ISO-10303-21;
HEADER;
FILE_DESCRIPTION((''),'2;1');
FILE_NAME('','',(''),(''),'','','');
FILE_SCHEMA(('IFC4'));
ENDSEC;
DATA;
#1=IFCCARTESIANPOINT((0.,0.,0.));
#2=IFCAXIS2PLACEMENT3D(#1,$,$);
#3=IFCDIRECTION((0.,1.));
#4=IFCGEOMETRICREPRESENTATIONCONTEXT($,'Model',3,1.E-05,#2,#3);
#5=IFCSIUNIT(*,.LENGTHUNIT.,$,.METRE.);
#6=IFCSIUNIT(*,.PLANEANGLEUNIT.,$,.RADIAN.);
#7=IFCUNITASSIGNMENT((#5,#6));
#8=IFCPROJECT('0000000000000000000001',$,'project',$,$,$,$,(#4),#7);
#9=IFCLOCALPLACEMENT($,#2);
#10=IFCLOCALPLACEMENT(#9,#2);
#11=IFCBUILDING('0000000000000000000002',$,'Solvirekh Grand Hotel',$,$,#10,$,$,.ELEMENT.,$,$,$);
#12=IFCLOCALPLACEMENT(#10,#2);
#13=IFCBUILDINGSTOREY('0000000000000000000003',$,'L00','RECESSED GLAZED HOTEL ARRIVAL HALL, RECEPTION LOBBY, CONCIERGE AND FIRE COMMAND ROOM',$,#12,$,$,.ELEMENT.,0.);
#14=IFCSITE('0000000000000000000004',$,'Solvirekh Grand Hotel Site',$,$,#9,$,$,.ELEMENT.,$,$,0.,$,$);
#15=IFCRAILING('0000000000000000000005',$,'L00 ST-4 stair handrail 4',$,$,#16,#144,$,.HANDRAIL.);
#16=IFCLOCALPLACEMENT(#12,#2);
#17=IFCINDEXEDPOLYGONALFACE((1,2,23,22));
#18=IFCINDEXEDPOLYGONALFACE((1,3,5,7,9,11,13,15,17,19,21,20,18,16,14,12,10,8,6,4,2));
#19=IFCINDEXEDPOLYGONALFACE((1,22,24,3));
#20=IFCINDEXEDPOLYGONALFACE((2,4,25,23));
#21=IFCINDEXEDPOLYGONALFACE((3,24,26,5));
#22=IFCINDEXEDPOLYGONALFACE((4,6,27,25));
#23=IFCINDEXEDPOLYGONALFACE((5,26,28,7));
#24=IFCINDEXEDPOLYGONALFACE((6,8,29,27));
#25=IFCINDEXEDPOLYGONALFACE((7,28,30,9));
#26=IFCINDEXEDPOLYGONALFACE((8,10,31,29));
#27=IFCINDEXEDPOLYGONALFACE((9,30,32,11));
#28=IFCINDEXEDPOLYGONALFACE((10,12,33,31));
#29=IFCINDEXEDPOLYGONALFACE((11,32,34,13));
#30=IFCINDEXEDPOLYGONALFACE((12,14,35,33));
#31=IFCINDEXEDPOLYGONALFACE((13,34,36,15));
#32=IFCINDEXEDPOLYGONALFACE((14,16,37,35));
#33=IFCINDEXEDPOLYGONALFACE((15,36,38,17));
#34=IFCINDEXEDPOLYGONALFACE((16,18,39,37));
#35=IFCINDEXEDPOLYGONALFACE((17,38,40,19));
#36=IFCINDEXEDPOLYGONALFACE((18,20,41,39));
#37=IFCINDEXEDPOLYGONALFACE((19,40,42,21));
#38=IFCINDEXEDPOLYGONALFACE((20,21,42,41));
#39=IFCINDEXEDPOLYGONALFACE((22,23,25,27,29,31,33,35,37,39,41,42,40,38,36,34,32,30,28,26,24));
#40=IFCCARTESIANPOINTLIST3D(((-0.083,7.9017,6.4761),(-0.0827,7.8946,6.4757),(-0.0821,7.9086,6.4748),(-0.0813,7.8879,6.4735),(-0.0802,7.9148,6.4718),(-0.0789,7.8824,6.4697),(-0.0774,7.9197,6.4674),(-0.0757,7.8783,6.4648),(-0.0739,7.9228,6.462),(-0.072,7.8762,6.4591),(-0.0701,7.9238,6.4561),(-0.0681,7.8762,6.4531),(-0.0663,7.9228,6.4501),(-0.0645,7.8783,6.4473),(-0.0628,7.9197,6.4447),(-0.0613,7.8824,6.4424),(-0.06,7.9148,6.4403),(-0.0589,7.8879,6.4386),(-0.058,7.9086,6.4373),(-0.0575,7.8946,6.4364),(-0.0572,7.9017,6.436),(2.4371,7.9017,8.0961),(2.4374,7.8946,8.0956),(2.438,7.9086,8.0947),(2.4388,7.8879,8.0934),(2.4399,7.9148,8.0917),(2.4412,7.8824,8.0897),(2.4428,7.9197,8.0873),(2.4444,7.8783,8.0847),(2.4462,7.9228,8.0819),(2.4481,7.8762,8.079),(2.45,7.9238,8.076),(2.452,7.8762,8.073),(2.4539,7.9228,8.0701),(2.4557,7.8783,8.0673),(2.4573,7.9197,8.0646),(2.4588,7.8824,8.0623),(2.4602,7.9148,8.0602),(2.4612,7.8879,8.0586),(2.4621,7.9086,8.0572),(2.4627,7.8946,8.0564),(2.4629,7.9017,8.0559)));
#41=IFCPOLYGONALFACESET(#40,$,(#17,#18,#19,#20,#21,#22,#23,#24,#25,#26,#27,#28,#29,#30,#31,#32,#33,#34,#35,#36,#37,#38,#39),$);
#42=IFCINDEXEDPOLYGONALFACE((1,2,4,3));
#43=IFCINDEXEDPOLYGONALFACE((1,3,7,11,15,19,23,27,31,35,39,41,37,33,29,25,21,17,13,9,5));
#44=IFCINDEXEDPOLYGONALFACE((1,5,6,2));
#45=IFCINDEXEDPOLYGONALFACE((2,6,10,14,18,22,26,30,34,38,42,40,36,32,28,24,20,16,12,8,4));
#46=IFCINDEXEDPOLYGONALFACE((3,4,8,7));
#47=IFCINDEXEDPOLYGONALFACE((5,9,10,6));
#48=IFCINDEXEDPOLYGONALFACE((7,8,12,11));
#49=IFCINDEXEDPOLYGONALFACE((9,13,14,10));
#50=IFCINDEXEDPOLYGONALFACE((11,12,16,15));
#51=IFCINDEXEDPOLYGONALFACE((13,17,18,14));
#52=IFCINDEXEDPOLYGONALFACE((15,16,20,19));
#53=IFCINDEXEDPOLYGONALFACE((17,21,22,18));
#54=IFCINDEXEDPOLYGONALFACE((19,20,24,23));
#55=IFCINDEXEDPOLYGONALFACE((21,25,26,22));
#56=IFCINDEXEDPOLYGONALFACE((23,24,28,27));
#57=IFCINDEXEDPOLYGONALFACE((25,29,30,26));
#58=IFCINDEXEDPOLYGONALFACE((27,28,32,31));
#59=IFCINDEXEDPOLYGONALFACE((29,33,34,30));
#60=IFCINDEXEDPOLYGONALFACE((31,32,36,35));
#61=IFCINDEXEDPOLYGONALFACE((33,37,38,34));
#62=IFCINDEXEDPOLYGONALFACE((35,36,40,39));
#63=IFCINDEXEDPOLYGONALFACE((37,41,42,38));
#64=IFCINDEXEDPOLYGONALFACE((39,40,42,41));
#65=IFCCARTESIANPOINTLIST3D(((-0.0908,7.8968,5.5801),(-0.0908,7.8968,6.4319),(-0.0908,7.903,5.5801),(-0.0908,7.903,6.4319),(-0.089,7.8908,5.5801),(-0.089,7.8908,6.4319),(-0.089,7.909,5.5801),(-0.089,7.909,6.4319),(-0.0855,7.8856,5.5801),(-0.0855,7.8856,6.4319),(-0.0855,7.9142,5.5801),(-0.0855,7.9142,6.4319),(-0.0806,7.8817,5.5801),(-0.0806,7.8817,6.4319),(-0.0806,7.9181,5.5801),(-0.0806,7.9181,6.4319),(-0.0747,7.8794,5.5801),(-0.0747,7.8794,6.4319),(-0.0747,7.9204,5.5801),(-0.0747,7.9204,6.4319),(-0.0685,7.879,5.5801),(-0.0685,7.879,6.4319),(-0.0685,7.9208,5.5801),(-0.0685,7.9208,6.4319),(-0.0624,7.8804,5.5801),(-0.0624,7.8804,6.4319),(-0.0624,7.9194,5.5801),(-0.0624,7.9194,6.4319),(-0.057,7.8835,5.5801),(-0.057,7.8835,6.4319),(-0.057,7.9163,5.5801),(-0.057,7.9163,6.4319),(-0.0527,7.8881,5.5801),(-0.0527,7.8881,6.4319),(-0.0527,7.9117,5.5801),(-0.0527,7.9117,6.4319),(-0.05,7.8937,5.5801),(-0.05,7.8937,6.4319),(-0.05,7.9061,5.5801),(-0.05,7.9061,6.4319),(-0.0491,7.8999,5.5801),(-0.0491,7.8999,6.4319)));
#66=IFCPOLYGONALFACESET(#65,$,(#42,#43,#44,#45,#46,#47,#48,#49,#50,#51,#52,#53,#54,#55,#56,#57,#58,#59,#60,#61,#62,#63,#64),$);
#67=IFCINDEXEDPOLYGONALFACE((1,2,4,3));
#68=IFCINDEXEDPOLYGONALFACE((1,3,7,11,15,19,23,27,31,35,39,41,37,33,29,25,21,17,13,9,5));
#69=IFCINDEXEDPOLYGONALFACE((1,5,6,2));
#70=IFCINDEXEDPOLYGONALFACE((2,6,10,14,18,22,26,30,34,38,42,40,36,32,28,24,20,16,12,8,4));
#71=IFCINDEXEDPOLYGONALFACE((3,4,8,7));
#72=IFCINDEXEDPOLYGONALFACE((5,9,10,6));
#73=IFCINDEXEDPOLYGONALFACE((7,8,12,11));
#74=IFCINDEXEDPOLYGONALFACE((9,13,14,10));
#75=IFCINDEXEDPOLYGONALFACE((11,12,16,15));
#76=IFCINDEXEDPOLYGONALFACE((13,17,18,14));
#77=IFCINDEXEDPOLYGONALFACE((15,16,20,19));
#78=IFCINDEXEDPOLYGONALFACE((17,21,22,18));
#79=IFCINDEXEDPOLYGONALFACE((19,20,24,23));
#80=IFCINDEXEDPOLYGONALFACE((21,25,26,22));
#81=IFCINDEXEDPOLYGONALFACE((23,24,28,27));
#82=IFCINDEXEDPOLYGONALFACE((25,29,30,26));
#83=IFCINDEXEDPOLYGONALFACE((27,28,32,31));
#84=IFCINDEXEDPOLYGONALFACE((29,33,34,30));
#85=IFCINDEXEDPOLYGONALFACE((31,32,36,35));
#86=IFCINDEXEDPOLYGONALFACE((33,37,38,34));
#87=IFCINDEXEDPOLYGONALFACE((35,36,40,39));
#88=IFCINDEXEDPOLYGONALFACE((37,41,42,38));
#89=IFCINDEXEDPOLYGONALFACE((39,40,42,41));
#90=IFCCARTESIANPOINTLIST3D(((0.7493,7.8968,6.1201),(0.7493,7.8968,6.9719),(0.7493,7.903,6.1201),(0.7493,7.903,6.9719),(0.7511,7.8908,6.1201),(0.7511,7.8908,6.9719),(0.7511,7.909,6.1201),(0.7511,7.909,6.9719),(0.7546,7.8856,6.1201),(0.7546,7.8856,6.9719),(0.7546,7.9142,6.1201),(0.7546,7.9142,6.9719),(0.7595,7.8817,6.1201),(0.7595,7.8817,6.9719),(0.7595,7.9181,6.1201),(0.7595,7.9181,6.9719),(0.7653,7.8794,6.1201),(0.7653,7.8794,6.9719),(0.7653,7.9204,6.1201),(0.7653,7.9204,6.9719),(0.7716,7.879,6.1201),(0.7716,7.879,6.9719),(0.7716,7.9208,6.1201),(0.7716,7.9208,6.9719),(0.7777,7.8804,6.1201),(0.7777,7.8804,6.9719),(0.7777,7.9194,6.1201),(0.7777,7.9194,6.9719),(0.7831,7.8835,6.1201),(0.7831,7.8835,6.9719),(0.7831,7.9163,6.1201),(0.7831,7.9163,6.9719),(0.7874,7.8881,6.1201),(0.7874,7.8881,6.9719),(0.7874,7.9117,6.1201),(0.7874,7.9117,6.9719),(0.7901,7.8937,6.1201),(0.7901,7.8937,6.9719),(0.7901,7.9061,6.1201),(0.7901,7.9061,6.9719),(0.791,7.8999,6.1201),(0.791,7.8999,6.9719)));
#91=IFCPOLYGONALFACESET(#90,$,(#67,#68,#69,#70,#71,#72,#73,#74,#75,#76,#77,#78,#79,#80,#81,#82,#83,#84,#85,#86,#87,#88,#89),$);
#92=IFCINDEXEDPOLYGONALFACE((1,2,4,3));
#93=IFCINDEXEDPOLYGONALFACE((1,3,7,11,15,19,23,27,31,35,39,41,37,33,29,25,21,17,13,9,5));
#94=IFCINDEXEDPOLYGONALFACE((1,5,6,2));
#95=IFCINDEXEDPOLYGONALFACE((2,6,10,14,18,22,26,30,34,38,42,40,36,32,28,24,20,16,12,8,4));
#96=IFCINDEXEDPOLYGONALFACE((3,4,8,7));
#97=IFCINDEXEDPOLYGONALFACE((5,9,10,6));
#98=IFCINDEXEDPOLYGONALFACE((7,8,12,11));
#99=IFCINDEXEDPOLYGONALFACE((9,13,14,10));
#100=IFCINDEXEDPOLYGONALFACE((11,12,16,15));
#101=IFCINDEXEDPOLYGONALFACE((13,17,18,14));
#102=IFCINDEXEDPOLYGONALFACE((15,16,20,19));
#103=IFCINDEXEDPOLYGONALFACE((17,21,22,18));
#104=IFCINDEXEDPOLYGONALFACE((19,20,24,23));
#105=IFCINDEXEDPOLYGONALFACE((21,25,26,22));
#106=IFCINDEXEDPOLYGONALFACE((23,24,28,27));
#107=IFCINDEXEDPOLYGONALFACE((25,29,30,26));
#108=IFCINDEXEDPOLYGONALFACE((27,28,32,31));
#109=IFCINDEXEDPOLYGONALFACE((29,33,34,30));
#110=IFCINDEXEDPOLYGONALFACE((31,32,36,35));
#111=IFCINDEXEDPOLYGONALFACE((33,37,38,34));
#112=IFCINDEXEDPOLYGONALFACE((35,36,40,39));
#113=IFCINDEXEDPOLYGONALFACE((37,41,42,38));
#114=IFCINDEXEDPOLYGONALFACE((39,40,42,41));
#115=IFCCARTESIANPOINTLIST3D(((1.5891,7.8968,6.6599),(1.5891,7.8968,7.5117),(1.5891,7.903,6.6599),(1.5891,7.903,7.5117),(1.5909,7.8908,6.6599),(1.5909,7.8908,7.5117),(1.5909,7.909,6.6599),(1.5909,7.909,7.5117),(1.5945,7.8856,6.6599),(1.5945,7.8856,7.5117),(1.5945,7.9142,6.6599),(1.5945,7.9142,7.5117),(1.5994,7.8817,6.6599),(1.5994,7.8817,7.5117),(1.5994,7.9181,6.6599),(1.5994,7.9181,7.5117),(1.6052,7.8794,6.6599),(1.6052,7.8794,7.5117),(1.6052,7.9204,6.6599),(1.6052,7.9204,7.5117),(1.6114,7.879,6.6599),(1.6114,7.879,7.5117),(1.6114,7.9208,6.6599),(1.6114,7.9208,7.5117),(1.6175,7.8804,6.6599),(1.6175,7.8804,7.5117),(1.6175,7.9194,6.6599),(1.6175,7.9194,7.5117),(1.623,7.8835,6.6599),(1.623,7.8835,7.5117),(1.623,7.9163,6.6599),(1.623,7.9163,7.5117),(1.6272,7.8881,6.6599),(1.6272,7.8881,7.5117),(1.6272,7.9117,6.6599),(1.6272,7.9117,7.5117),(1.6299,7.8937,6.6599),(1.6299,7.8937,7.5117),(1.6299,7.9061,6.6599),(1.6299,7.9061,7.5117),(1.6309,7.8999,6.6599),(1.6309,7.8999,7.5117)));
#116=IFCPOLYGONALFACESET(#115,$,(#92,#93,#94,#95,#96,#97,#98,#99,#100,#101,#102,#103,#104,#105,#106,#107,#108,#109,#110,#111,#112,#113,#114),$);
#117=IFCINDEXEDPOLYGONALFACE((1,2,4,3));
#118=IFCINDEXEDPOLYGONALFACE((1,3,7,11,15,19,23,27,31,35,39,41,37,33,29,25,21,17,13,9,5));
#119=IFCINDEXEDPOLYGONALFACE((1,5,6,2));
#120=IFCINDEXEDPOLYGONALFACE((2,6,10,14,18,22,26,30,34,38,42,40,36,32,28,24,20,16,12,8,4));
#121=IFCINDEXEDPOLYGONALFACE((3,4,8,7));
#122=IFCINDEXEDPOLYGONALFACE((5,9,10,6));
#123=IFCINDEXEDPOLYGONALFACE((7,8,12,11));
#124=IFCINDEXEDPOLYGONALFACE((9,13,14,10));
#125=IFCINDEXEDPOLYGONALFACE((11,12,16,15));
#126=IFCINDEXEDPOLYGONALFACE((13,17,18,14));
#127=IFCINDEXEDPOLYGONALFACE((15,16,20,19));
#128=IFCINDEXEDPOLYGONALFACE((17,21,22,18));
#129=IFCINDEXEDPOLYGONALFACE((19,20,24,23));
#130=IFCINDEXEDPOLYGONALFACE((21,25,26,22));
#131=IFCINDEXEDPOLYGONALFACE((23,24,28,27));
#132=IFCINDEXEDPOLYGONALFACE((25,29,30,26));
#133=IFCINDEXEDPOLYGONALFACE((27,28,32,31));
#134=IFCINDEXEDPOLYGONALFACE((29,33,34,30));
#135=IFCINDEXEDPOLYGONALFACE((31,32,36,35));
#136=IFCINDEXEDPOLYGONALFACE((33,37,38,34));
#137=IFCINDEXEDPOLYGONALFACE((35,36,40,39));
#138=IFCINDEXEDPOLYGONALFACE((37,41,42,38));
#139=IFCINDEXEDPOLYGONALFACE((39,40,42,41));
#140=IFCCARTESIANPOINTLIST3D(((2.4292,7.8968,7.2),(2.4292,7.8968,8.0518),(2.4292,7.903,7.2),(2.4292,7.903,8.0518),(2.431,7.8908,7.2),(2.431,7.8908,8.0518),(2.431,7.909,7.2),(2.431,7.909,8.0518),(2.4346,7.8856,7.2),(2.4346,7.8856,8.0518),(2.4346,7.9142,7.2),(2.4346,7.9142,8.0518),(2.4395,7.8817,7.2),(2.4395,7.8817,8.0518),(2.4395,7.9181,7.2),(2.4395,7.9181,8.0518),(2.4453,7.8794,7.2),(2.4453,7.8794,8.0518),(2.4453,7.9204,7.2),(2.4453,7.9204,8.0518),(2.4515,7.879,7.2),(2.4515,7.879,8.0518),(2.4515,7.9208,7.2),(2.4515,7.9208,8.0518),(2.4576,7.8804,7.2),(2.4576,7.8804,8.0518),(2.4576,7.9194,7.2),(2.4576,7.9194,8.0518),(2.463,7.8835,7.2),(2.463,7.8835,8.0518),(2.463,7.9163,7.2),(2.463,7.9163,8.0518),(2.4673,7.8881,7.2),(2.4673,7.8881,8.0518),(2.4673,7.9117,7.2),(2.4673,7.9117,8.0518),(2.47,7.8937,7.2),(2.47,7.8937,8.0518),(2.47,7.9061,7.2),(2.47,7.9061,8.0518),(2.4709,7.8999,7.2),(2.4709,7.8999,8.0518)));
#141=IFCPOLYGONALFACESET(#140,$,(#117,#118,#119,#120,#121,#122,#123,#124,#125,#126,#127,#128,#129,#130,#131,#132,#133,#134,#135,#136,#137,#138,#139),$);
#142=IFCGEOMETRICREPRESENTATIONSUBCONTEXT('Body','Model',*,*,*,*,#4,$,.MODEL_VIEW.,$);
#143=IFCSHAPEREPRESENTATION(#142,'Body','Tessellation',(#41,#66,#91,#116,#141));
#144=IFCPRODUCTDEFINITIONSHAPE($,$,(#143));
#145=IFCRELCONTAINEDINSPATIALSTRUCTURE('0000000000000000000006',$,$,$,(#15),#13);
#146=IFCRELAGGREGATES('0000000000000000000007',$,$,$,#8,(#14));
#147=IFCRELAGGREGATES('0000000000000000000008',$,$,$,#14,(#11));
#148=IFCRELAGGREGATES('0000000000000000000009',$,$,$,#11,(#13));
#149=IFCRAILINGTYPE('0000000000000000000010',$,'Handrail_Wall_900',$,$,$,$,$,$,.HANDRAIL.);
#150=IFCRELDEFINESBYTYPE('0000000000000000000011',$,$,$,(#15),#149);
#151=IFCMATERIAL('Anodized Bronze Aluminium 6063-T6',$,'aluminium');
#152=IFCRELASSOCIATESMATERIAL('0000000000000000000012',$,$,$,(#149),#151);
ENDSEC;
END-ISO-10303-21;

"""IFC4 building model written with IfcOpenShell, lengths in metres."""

from ifc_helpers import new_model, si_unit, direction, frame, origin, origin_2d, place, context, subcontext, project, spatial, circle, extrude, material, type_object, element, save


model = new_model("IFC4")

# Units and contexts
model_context = context("Model", 3, precision=1e-05, world=origin(), true_north=direction((0.0, 1.0)))
body_context = subcontext(model_context, "Body", "Model", "MODEL_VIEW")
ifc_project = project(units=[si_unit("LENGTHUNIT", "METRE"), si_unit("PLANEANGLEUNIT", "RADIAN")], contexts=[model_context])

# Site, building, storey
site_placement = place(None, origin())
site = spatial("IfcSite", under=ifc_project, at=site_placement, Name="Solvirekh Grand Hotel Site", CompositionType="ELEMENT", RefElevation=0.0)
building_placement = place(site_placement, origin())
building = spatial("IfcBuilding", under=site, at=building_placement, Name="Solvirekh Grand Hotel", CompositionType="ELEMENT")
storey_placement = place(building_placement, origin())
storey = spatial("IfcBuildingStorey", under=building, at=storey_placement, Name="L00", Description="RECESSED GLAZED HOTEL ARRIVAL HALL, RECEPTION LOBBY, CONCIERGE AND FIRE COMMAND ROOM", CompositionType="ELEMENT", Elevation=0.0)

# Shared definitions
ifc_material_1 = material(Name="Anodized Bronze Aluminium 6063-T6", Category="aluminium")

# Railing
railing_type_1 = type_object("IfcRailingType", Name="Handrail_Wall_900", PredefinedType="HANDRAIL", material=ifc_material_1)
railing_1_placement = place(storey_placement, frame((-0.0701, 7.8999, 5.5801)))
element("IfcRailing", 1, at=railing_1_placement, inside=storey, type_object=railing_type_1, Name="L00 ST-4 stair handrail 4", PredefinedType="HANDRAIL", context=body_context, shape_type="SweptSolid", body=[
    extrude(circle(Radius=0.0239, at=origin_2d()), frame((0.0, 0.0, 0.876), z_axis=(0.8412, 0.0, 0.540725), x_axis=(0.0, 1.0, 0.0)), (0.0, 0.0, 1.0), 2.9958),
    extrude(circle(Radius=0.021, at=origin_2d()), origin(), (0.0, 0.0, 1.0), 0.8518),
    extrude(circle(Radius=0.021, at=origin_2d()), frame((0.8401, 0.0, 0.54)), (0.0, 0.0, 1.0), 0.8518),
    extrude(circle(Radius=0.021, at=origin_2d()), frame((1.6799, 0.0, 1.0798)), (0.0, 0.0, 1.0), 0.8518),
    extrude(circle(Radius=0.021, at=origin_2d()), frame((2.52, 0.0, 1.6199)), (0.0, 0.0, 1.0), 0.8518),
])

save(model, "model.ifc")
